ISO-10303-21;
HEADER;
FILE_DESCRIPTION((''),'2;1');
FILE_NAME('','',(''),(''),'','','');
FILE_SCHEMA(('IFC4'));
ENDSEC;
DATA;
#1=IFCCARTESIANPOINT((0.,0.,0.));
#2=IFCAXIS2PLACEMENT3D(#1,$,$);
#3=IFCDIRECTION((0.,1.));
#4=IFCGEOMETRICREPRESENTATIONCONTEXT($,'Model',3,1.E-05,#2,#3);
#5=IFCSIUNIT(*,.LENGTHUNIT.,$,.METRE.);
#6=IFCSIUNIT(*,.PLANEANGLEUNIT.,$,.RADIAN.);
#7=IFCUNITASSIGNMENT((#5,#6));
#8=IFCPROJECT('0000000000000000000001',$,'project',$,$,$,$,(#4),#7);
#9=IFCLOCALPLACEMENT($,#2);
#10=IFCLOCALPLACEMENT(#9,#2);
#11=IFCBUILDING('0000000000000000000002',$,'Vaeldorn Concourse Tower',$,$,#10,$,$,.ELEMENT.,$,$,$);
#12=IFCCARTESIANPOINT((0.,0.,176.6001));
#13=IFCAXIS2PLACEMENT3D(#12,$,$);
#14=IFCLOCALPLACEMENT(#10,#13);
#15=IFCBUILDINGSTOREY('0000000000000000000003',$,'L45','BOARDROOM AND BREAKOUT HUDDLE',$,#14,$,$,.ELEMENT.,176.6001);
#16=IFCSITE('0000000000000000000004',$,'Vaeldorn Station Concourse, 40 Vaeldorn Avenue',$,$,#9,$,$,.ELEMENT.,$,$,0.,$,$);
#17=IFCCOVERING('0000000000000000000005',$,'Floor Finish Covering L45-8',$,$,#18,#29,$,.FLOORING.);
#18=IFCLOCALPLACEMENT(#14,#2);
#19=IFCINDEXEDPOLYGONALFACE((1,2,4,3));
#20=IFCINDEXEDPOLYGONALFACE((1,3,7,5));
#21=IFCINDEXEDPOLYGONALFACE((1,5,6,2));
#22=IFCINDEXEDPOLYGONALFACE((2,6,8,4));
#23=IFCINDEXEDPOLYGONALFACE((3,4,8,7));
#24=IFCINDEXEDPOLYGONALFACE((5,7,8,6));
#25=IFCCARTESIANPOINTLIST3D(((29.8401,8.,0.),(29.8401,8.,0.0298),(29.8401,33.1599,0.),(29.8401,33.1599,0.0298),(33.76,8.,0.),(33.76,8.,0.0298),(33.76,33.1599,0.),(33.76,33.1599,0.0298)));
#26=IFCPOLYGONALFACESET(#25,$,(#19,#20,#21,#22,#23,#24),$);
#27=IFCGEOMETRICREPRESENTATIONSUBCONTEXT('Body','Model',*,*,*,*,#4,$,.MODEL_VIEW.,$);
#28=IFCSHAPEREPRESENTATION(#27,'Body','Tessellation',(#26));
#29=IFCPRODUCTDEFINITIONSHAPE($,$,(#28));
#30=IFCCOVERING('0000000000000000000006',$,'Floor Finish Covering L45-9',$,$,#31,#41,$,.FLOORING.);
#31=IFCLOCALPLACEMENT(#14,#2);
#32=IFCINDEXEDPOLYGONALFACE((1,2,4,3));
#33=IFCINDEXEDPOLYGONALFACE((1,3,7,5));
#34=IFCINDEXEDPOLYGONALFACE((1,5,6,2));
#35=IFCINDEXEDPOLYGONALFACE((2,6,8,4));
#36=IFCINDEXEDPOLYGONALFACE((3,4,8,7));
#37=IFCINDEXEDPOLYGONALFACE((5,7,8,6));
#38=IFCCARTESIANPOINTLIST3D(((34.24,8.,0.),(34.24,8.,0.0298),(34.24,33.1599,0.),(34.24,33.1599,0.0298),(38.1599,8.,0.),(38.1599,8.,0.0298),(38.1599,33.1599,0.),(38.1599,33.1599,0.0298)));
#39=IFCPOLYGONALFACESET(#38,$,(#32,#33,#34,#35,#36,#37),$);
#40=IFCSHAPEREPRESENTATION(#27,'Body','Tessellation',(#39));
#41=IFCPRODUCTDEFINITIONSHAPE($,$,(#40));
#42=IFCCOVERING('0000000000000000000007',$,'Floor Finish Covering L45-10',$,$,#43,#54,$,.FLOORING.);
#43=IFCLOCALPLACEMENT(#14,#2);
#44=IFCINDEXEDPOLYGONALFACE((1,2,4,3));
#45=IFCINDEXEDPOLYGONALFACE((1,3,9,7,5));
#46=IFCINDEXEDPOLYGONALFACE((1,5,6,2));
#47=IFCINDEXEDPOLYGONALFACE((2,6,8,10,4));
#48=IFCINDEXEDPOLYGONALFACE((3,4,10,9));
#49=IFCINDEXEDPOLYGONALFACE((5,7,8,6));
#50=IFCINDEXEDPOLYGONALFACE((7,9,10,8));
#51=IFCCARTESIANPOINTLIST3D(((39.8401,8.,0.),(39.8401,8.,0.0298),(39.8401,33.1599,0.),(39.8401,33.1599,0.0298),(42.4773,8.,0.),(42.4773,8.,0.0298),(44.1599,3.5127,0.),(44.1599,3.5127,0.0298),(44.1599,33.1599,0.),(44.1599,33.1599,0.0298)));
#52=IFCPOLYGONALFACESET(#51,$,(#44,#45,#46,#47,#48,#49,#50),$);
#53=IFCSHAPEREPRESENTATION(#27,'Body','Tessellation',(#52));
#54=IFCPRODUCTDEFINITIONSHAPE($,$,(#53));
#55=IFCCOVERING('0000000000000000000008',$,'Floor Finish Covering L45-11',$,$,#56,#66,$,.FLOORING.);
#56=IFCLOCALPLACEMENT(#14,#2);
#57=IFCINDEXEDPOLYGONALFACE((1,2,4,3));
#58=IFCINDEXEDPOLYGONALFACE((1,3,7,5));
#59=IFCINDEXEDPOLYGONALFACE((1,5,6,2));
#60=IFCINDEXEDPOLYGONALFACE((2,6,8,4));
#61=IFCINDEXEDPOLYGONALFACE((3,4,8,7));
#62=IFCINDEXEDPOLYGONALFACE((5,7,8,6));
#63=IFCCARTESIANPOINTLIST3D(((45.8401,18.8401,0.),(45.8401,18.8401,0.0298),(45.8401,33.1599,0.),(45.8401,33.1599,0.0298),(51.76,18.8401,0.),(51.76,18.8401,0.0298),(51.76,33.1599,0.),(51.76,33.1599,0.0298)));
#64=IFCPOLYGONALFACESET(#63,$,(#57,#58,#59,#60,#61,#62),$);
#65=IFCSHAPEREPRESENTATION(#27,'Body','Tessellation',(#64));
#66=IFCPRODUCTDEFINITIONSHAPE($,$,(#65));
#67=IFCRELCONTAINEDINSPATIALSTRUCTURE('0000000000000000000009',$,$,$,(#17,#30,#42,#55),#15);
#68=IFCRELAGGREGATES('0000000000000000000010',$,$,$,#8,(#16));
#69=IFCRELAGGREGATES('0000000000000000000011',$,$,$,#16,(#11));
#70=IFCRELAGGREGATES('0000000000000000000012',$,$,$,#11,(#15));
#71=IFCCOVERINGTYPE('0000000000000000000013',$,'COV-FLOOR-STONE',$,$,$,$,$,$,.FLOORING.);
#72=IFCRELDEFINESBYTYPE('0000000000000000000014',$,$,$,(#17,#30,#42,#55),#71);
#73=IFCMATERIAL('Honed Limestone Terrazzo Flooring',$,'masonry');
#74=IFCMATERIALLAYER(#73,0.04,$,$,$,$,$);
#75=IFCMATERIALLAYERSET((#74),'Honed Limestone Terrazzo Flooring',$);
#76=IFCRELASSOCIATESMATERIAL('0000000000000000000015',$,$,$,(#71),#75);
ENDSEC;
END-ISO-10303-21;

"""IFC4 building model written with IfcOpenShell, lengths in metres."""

from ifc_helpers import new_model, si_unit, direction, frame, origin, place, context, subcontext, project, spatial, polyline, outline, extrude, material, layer, layer_set, type_object, element, save


model = new_model("IFC4")

# Units and contexts
model_context = context("Model", 3, precision=1e-05, world=origin(), true_north=direction((0.0, 1.0)))
body_context = subcontext(model_context, "Body", "Model", "MODEL_VIEW")
ifc_project = project(units=[si_unit("LENGTHUNIT", "METRE"), si_unit("PLANEANGLEUNIT", "RADIAN")], contexts=[model_context])

# Site, building, storey
site_placement = place(None, origin())
site = spatial("IfcSite", under=ifc_project, at=site_placement, Name="Vaeldorn Station Concourse, 40 Vaeldorn Avenue", CompositionType="ELEMENT", RefElevation=0.0)
building_placement = place(site_placement, origin())
building = spatial("IfcBuilding", under=site, at=building_placement, Name="Vaeldorn Concourse Tower", CompositionType="ELEMENT")
storey_placement = place(building_placement, frame((0.0, 0.0, 176.6001)))
storey = spatial("IfcBuildingStorey", under=building, at=storey_placement, Name="L45", Description="BOARDROOM AND BREAKOUT HUDDLE", CompositionType="ELEMENT", Elevation=176.6001)

# Coverings
ifc_material_1 = material(Name="Honed Limestone Terrazzo Flooring", Category="masonry")
ifc_layer_1 = layer(ifc_material_1, 0.04)
ifc_layer_set_1 = layer_set([ifc_layer_1], Name="Honed Limestone Terrazzo Flooring")
covering_type_1 = type_object("IfcCoveringType", Name="COV-FLOOR-STONE", PredefinedType="FLOORING", material=ifc_layer_set_1)
covering_1_placement = place(storey_placement, origin())
element("IfcCovering", 1, at=covering_1_placement, inside=storey, type_object=covering_type_1, Name="Floor Finish Covering L45-8", PredefinedType="FLOORING", context=body_context, shape_type="SweptSolid", body=[
    extrude(outline(polyline([(29.8401, 33.1599), (33.76, 33.1599), (33.76, 8.0), (29.8401, 8.0), (29.8401, 33.1599)])), origin(), (0.0, 0.0, 1.0), 0.0298),
])
covering_2_placement = place(storey_placement, origin())
element("IfcCovering", 2, at=covering_2_placement, inside=storey, type_object=covering_type_1, Name="Floor Finish Covering L45-9", PredefinedType="FLOORING", context=body_context, shape_type="SweptSolid", body=[
    extrude(outline(polyline([(34.24, 33.1599), (38.1599, 33.1599), (38.1599, 8.0), (34.24, 8.0), (34.24, 33.1599)])), origin(), (0.0, 0.0, 1.0), 0.0298),
])
covering_3_placement = place(storey_placement, origin())
element("IfcCovering", 3, at=covering_3_placement, inside=storey, type_object=covering_type_1, Name="Floor Finish Covering L45-10", PredefinedType="FLOORING", context=body_context, shape_type="SweptSolid", body=[
    extrude(outline(polyline([(39.8401, 8.0), (39.8401, 33.1599), (44.1599, 33.1599), (44.1599, 3.5127), (42.4773, 8.0), (39.8401, 8.0)])), origin(), (0.0, 0.0, 1.0), 0.0298),
])
covering_4_placement = place(storey_placement, origin())
element("IfcCovering", 4, at=covering_4_placement, inside=storey, type_object=covering_type_1, Name="Floor Finish Covering L45-11", PredefinedType="FLOORING", context=body_context, shape_type="SweptSolid", body=[
    extrude(outline(polyline([(45.8401, 33.1599), (51.76, 33.1599), (51.76, 18.8401), (45.8401, 18.8401), (45.8401, 33.1599)])), origin(), (0.0, 0.0, 1.0), 0.0298),
])

save(model, "model.ifc")
